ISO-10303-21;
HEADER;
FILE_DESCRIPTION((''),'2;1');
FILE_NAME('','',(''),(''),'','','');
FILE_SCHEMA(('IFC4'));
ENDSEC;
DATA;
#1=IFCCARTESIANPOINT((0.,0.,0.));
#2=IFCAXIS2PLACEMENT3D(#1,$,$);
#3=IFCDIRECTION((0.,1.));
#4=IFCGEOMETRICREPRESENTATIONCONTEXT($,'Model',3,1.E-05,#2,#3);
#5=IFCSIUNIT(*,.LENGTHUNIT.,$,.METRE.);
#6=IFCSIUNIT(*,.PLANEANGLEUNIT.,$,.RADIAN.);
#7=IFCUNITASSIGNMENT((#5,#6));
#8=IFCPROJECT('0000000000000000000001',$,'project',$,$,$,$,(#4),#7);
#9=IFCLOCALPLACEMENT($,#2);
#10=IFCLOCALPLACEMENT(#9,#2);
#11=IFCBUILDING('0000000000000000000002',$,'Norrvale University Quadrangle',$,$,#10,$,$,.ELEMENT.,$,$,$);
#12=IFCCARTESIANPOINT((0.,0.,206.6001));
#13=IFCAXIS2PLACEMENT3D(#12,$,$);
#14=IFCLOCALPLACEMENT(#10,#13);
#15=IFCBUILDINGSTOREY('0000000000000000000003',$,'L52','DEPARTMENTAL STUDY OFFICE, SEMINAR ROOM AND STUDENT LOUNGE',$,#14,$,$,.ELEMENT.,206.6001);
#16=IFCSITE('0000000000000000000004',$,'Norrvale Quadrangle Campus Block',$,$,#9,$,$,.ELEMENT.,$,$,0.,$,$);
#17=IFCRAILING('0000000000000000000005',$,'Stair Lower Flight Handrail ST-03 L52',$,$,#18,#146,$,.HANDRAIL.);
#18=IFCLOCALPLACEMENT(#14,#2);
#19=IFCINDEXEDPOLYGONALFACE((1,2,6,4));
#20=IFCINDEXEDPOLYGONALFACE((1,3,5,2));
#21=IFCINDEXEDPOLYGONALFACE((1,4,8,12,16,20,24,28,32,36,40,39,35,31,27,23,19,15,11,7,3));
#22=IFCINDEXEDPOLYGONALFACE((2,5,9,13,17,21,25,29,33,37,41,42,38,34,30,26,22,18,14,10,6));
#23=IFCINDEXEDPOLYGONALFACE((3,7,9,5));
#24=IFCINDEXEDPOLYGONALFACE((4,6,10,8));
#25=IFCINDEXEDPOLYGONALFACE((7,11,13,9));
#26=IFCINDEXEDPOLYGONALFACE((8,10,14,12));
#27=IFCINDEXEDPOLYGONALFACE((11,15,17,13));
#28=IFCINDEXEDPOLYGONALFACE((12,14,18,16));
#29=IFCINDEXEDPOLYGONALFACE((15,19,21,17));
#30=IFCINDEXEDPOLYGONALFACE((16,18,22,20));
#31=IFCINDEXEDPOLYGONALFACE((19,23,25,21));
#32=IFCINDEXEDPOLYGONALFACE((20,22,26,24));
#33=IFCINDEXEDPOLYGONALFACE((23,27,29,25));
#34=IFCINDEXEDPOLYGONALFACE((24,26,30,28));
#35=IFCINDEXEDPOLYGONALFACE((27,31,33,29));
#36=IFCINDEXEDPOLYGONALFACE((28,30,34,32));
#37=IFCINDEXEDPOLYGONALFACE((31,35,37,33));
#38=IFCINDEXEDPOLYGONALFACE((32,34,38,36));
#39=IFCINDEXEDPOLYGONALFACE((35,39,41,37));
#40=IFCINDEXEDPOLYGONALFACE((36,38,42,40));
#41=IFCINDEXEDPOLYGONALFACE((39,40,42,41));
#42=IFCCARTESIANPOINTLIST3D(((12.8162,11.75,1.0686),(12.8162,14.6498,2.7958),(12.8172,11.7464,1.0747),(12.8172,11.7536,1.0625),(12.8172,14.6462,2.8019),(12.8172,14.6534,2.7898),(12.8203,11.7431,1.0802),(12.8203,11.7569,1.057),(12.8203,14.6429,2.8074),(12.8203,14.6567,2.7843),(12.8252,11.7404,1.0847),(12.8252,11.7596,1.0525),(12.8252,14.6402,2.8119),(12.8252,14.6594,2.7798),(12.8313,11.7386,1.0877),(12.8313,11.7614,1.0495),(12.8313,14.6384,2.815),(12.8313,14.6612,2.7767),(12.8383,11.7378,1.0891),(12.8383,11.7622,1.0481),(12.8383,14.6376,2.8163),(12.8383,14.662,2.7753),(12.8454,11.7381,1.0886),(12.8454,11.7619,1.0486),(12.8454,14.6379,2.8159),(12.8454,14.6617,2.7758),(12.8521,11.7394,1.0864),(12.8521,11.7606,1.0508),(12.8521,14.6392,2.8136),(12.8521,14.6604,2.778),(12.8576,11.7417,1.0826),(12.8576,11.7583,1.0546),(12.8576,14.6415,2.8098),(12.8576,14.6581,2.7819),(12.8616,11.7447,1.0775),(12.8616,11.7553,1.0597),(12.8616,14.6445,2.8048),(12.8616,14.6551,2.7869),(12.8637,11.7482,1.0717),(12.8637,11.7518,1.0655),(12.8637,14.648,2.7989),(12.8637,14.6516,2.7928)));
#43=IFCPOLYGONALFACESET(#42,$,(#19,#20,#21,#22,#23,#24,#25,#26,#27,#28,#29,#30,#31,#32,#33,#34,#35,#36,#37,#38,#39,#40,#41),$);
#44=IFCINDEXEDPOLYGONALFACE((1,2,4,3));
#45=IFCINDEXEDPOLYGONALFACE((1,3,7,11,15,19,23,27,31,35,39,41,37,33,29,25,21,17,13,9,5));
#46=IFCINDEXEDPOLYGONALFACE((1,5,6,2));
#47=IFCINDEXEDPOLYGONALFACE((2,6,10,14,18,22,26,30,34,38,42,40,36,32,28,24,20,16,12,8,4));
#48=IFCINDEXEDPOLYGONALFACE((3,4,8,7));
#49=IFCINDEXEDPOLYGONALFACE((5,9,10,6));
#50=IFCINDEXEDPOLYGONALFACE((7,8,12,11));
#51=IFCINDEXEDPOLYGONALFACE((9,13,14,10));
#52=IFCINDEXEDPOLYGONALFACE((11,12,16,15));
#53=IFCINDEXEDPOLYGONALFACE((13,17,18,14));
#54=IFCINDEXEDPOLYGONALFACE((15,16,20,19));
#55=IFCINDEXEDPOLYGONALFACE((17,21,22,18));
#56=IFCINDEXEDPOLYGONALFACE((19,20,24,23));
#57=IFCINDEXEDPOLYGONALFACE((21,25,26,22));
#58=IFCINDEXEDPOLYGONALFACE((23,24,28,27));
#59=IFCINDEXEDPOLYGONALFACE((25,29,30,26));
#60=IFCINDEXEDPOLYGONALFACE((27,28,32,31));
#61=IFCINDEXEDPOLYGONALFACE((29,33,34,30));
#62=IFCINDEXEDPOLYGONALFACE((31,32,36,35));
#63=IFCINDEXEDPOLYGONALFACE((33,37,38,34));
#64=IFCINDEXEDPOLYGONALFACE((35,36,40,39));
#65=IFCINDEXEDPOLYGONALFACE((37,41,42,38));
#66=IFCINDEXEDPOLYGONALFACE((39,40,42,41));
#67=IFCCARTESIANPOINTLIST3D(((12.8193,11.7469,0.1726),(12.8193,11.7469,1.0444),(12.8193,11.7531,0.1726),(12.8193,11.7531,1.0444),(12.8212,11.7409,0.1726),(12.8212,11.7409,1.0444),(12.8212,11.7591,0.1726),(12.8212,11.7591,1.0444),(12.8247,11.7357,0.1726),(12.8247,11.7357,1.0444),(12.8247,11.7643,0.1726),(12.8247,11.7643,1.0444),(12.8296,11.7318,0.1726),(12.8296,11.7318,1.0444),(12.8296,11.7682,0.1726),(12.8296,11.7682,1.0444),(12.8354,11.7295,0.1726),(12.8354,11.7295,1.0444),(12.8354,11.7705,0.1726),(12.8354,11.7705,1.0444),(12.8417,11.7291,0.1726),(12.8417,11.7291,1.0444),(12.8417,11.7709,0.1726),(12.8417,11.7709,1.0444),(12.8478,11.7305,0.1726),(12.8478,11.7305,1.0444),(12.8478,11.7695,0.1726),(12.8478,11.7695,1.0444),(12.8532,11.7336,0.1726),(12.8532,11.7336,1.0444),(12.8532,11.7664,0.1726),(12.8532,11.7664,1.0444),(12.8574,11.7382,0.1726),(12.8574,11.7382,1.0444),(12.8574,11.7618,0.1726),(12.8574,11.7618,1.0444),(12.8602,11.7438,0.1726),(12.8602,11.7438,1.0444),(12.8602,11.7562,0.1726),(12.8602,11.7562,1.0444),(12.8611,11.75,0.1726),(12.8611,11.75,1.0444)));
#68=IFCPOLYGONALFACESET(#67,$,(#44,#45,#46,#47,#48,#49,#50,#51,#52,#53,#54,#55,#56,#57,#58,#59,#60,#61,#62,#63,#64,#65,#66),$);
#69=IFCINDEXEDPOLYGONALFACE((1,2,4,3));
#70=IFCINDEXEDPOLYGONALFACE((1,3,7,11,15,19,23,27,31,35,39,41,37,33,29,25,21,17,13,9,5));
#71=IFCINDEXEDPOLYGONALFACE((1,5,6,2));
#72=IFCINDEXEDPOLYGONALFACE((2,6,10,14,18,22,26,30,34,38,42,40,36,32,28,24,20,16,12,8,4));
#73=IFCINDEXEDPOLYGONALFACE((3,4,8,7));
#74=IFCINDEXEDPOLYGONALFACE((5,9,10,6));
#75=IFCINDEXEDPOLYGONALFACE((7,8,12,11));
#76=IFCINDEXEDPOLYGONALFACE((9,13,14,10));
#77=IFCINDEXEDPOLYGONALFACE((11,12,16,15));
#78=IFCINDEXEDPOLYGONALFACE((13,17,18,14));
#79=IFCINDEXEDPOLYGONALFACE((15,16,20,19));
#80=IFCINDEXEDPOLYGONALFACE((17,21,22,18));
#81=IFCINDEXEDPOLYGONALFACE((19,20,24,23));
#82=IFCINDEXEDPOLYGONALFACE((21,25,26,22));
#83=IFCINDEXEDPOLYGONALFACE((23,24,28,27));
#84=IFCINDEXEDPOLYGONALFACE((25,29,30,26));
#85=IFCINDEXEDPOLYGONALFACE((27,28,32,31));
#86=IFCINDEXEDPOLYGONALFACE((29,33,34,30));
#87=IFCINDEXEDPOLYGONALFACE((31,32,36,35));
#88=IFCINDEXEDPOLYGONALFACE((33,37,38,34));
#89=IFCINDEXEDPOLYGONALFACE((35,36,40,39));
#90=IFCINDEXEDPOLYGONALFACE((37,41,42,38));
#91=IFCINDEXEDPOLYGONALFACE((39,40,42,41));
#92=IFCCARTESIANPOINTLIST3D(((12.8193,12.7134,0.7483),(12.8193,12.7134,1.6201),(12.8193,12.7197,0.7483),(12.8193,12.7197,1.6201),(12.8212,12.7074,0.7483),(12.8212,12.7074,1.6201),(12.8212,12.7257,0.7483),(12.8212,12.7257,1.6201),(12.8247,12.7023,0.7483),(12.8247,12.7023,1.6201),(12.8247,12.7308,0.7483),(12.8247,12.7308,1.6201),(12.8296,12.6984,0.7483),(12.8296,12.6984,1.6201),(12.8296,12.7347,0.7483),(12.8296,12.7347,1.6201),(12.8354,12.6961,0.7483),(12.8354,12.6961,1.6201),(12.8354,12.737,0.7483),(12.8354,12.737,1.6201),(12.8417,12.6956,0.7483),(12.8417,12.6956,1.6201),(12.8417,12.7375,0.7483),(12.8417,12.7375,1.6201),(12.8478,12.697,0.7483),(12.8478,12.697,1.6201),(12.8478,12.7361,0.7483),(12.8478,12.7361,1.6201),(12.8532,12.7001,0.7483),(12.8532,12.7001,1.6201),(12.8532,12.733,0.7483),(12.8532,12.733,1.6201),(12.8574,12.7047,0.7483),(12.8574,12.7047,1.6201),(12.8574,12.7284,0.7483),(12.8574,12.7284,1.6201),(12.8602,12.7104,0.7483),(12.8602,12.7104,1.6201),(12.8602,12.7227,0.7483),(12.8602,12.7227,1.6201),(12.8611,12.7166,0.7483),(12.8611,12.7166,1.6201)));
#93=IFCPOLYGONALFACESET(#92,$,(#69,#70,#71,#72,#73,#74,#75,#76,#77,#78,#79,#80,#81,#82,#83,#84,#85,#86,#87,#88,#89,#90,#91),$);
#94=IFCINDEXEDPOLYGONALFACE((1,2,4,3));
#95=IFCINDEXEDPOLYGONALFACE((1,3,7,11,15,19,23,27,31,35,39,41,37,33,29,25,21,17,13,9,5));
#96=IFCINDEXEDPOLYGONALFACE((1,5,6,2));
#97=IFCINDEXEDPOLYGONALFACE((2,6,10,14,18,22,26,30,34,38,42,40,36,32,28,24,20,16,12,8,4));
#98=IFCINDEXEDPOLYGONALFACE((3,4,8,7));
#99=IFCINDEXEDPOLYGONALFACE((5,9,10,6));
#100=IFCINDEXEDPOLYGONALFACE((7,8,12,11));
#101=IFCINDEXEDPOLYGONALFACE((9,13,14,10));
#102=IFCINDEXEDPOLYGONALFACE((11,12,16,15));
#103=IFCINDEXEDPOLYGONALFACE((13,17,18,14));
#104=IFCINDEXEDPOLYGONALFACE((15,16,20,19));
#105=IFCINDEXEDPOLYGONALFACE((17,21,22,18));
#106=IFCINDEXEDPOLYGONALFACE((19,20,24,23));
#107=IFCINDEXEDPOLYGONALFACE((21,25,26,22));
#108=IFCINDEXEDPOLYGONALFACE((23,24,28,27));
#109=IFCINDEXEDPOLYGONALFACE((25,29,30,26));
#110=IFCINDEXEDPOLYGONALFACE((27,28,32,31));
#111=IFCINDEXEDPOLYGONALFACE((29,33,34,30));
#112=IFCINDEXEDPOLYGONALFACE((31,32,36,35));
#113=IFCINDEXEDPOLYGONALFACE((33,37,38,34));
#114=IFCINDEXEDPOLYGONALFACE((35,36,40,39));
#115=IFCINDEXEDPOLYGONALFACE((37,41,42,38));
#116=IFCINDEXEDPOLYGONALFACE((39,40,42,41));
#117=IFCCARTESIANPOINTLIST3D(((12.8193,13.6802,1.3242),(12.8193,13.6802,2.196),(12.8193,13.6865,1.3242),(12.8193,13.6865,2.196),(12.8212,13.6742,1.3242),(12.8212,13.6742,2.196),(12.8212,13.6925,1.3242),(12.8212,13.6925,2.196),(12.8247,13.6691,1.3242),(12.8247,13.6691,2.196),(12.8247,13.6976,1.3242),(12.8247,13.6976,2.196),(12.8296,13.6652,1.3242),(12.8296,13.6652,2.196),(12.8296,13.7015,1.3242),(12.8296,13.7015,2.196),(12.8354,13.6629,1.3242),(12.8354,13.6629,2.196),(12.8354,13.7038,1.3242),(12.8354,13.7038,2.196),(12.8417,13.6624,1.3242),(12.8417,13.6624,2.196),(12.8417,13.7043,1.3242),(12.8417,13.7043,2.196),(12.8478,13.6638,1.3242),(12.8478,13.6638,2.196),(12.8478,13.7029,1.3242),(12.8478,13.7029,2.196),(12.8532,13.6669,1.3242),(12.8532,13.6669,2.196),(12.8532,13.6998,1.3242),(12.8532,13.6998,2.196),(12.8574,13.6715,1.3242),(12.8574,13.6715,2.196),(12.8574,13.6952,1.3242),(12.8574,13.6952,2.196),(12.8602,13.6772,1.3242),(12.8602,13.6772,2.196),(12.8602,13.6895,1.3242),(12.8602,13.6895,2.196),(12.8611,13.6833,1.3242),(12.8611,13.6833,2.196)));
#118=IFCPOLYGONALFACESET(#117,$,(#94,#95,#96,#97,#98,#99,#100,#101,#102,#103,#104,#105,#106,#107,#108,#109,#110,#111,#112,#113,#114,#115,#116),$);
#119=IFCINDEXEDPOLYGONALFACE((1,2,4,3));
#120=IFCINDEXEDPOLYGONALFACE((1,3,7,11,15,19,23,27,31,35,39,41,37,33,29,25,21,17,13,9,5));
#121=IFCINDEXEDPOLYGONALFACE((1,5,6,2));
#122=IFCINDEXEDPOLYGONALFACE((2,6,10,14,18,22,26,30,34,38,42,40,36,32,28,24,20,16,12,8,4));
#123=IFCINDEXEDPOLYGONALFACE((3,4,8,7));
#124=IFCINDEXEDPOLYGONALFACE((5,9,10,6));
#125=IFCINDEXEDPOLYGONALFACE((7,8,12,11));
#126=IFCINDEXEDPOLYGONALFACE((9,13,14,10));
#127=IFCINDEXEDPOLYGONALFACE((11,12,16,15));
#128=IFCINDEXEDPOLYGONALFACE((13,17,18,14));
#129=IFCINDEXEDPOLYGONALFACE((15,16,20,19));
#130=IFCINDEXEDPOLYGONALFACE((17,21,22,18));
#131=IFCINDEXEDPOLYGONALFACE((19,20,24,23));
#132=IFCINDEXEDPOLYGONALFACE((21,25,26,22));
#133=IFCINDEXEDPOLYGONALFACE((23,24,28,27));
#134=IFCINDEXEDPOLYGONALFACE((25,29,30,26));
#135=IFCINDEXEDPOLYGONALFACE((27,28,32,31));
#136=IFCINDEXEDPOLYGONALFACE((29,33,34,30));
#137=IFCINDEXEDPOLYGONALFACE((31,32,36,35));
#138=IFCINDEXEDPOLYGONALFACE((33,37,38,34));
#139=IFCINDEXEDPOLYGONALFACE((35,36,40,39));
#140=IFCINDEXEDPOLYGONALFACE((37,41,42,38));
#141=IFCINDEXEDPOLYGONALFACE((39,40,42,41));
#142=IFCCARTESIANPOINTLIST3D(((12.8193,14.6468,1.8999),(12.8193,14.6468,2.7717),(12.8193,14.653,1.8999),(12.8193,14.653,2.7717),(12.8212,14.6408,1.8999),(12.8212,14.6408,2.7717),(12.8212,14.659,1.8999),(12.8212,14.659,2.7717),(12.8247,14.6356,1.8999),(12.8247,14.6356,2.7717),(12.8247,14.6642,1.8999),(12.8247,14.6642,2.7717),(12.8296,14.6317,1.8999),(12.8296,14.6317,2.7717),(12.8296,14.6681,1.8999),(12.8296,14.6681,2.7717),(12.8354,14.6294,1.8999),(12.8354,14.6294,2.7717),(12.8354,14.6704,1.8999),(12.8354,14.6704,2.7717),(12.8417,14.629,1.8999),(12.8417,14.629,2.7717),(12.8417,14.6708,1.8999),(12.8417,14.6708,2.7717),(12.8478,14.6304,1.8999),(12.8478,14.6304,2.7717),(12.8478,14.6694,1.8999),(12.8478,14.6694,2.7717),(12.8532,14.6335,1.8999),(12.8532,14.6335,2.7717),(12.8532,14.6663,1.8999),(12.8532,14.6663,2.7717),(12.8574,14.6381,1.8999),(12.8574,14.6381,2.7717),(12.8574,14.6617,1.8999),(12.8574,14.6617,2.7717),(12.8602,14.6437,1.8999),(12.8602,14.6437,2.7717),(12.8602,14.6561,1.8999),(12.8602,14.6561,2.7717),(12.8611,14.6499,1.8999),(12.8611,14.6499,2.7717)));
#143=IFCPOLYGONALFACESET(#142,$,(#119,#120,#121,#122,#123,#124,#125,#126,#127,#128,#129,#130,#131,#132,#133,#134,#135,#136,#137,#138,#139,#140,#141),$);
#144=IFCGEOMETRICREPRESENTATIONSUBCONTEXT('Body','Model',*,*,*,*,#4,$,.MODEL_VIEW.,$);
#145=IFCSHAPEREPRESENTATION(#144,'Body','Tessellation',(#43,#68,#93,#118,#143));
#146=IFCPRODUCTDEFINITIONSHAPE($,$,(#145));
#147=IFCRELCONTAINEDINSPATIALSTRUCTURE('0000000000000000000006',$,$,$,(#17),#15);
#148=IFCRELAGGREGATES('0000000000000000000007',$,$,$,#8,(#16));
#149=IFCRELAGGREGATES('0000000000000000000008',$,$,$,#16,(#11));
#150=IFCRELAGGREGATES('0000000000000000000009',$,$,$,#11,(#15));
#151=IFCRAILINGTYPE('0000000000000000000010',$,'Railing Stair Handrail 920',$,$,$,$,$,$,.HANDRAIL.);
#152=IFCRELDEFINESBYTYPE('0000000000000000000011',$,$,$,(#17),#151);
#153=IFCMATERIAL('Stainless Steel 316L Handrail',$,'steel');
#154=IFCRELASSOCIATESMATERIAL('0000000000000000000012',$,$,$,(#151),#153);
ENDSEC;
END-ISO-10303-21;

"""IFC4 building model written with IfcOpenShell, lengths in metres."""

from ifc_helpers import new_model, si_unit, direction, frame, origin, origin_2d, place, context, subcontext, project, spatial, circle, extrude, material, type_object, element, save


model = new_model("IFC4")

# Units and contexts
model_context = context("Model", 3, precision=1e-05, world=origin(), true_north=direction((0.0, 1.0)))
body_context = subcontext(model_context, "Body", "Model", "MODEL_VIEW")
ifc_project = project(units=[si_unit("LENGTHUNIT", "METRE"), si_unit("PLANEANGLEUNIT", "RADIAN")], contexts=[model_context])

# Site, building, storey
site_placement = place(None, origin())
site = spatial("IfcSite", under=ifc_project, at=site_placement, Name="Norrvale Quadrangle Campus Block", CompositionType="ELEMENT", RefElevation=0.0)
building_placement = place(site_placement, origin())
building = spatial("IfcBuilding", under=site, at=building_placement, Name="Norrvale University Quadrangle", CompositionType="ELEMENT")
storey_placement = place(building_placement, frame((0.0, 0.0, 206.6001)))
storey = spatial("IfcBuildingStorey", under=building, at=storey_placement, Name="L52", Description="DEPARTMENTAL STUDY OFFICE, SEMINAR ROOM AND STUDENT LOUNGE", CompositionType="ELEMENT", Elevation=206.6001)

# Railing
ifc_material_1 = material(Name="Stainless Steel 316L Handrail", Category="steel")
railing_type_1 = type_object("IfcRailingType", Name="Railing Stair Handrail 920", PredefinedType="HANDRAIL", material=ifc_material_1)
railing_1_placement = place(storey_placement, frame((12.8401, 11.75, 0.1726)))
element("IfcRailing", 1, at=railing_1_placement, inside=storey, type_object=railing_type_1, Name="Stair Lower Flight Handrail ST-03 L52", PredefinedType="HANDRAIL", context=body_context, shape_type="SweptSolid", body=[
    extrude(circle(Radius=0.0239, at=origin_2d()), frame((0.0, 0.0, 0.896), z_axis=(0.0, 0.859141, 0.511738), x_axis=(-1.0, 0.0, 0.0)), (0.0, 0.0, 1.0), 3.3752),
    extrude(circle(Radius=0.021, at=origin_2d()), origin(), (0.0, 0.0, 1.0), 0.8718),
    extrude(circle(Radius=0.021, at=origin_2d()), frame((0.0, 0.9666, 0.5757)), (0.0, 0.0, 1.0), 0.8718),
    extrude(circle(Radius=0.021, at=origin_2d()), frame((0.0, 1.9333, 1.1516)), (0.0, 0.0, 1.0), 0.8718),
    extrude(circle(Radius=0.021, at=origin_2d()), frame((0.0, 2.8999, 1.7273)), (0.0, 0.0, 1.0), 0.8718),
])

save(model, "model.ifc")
